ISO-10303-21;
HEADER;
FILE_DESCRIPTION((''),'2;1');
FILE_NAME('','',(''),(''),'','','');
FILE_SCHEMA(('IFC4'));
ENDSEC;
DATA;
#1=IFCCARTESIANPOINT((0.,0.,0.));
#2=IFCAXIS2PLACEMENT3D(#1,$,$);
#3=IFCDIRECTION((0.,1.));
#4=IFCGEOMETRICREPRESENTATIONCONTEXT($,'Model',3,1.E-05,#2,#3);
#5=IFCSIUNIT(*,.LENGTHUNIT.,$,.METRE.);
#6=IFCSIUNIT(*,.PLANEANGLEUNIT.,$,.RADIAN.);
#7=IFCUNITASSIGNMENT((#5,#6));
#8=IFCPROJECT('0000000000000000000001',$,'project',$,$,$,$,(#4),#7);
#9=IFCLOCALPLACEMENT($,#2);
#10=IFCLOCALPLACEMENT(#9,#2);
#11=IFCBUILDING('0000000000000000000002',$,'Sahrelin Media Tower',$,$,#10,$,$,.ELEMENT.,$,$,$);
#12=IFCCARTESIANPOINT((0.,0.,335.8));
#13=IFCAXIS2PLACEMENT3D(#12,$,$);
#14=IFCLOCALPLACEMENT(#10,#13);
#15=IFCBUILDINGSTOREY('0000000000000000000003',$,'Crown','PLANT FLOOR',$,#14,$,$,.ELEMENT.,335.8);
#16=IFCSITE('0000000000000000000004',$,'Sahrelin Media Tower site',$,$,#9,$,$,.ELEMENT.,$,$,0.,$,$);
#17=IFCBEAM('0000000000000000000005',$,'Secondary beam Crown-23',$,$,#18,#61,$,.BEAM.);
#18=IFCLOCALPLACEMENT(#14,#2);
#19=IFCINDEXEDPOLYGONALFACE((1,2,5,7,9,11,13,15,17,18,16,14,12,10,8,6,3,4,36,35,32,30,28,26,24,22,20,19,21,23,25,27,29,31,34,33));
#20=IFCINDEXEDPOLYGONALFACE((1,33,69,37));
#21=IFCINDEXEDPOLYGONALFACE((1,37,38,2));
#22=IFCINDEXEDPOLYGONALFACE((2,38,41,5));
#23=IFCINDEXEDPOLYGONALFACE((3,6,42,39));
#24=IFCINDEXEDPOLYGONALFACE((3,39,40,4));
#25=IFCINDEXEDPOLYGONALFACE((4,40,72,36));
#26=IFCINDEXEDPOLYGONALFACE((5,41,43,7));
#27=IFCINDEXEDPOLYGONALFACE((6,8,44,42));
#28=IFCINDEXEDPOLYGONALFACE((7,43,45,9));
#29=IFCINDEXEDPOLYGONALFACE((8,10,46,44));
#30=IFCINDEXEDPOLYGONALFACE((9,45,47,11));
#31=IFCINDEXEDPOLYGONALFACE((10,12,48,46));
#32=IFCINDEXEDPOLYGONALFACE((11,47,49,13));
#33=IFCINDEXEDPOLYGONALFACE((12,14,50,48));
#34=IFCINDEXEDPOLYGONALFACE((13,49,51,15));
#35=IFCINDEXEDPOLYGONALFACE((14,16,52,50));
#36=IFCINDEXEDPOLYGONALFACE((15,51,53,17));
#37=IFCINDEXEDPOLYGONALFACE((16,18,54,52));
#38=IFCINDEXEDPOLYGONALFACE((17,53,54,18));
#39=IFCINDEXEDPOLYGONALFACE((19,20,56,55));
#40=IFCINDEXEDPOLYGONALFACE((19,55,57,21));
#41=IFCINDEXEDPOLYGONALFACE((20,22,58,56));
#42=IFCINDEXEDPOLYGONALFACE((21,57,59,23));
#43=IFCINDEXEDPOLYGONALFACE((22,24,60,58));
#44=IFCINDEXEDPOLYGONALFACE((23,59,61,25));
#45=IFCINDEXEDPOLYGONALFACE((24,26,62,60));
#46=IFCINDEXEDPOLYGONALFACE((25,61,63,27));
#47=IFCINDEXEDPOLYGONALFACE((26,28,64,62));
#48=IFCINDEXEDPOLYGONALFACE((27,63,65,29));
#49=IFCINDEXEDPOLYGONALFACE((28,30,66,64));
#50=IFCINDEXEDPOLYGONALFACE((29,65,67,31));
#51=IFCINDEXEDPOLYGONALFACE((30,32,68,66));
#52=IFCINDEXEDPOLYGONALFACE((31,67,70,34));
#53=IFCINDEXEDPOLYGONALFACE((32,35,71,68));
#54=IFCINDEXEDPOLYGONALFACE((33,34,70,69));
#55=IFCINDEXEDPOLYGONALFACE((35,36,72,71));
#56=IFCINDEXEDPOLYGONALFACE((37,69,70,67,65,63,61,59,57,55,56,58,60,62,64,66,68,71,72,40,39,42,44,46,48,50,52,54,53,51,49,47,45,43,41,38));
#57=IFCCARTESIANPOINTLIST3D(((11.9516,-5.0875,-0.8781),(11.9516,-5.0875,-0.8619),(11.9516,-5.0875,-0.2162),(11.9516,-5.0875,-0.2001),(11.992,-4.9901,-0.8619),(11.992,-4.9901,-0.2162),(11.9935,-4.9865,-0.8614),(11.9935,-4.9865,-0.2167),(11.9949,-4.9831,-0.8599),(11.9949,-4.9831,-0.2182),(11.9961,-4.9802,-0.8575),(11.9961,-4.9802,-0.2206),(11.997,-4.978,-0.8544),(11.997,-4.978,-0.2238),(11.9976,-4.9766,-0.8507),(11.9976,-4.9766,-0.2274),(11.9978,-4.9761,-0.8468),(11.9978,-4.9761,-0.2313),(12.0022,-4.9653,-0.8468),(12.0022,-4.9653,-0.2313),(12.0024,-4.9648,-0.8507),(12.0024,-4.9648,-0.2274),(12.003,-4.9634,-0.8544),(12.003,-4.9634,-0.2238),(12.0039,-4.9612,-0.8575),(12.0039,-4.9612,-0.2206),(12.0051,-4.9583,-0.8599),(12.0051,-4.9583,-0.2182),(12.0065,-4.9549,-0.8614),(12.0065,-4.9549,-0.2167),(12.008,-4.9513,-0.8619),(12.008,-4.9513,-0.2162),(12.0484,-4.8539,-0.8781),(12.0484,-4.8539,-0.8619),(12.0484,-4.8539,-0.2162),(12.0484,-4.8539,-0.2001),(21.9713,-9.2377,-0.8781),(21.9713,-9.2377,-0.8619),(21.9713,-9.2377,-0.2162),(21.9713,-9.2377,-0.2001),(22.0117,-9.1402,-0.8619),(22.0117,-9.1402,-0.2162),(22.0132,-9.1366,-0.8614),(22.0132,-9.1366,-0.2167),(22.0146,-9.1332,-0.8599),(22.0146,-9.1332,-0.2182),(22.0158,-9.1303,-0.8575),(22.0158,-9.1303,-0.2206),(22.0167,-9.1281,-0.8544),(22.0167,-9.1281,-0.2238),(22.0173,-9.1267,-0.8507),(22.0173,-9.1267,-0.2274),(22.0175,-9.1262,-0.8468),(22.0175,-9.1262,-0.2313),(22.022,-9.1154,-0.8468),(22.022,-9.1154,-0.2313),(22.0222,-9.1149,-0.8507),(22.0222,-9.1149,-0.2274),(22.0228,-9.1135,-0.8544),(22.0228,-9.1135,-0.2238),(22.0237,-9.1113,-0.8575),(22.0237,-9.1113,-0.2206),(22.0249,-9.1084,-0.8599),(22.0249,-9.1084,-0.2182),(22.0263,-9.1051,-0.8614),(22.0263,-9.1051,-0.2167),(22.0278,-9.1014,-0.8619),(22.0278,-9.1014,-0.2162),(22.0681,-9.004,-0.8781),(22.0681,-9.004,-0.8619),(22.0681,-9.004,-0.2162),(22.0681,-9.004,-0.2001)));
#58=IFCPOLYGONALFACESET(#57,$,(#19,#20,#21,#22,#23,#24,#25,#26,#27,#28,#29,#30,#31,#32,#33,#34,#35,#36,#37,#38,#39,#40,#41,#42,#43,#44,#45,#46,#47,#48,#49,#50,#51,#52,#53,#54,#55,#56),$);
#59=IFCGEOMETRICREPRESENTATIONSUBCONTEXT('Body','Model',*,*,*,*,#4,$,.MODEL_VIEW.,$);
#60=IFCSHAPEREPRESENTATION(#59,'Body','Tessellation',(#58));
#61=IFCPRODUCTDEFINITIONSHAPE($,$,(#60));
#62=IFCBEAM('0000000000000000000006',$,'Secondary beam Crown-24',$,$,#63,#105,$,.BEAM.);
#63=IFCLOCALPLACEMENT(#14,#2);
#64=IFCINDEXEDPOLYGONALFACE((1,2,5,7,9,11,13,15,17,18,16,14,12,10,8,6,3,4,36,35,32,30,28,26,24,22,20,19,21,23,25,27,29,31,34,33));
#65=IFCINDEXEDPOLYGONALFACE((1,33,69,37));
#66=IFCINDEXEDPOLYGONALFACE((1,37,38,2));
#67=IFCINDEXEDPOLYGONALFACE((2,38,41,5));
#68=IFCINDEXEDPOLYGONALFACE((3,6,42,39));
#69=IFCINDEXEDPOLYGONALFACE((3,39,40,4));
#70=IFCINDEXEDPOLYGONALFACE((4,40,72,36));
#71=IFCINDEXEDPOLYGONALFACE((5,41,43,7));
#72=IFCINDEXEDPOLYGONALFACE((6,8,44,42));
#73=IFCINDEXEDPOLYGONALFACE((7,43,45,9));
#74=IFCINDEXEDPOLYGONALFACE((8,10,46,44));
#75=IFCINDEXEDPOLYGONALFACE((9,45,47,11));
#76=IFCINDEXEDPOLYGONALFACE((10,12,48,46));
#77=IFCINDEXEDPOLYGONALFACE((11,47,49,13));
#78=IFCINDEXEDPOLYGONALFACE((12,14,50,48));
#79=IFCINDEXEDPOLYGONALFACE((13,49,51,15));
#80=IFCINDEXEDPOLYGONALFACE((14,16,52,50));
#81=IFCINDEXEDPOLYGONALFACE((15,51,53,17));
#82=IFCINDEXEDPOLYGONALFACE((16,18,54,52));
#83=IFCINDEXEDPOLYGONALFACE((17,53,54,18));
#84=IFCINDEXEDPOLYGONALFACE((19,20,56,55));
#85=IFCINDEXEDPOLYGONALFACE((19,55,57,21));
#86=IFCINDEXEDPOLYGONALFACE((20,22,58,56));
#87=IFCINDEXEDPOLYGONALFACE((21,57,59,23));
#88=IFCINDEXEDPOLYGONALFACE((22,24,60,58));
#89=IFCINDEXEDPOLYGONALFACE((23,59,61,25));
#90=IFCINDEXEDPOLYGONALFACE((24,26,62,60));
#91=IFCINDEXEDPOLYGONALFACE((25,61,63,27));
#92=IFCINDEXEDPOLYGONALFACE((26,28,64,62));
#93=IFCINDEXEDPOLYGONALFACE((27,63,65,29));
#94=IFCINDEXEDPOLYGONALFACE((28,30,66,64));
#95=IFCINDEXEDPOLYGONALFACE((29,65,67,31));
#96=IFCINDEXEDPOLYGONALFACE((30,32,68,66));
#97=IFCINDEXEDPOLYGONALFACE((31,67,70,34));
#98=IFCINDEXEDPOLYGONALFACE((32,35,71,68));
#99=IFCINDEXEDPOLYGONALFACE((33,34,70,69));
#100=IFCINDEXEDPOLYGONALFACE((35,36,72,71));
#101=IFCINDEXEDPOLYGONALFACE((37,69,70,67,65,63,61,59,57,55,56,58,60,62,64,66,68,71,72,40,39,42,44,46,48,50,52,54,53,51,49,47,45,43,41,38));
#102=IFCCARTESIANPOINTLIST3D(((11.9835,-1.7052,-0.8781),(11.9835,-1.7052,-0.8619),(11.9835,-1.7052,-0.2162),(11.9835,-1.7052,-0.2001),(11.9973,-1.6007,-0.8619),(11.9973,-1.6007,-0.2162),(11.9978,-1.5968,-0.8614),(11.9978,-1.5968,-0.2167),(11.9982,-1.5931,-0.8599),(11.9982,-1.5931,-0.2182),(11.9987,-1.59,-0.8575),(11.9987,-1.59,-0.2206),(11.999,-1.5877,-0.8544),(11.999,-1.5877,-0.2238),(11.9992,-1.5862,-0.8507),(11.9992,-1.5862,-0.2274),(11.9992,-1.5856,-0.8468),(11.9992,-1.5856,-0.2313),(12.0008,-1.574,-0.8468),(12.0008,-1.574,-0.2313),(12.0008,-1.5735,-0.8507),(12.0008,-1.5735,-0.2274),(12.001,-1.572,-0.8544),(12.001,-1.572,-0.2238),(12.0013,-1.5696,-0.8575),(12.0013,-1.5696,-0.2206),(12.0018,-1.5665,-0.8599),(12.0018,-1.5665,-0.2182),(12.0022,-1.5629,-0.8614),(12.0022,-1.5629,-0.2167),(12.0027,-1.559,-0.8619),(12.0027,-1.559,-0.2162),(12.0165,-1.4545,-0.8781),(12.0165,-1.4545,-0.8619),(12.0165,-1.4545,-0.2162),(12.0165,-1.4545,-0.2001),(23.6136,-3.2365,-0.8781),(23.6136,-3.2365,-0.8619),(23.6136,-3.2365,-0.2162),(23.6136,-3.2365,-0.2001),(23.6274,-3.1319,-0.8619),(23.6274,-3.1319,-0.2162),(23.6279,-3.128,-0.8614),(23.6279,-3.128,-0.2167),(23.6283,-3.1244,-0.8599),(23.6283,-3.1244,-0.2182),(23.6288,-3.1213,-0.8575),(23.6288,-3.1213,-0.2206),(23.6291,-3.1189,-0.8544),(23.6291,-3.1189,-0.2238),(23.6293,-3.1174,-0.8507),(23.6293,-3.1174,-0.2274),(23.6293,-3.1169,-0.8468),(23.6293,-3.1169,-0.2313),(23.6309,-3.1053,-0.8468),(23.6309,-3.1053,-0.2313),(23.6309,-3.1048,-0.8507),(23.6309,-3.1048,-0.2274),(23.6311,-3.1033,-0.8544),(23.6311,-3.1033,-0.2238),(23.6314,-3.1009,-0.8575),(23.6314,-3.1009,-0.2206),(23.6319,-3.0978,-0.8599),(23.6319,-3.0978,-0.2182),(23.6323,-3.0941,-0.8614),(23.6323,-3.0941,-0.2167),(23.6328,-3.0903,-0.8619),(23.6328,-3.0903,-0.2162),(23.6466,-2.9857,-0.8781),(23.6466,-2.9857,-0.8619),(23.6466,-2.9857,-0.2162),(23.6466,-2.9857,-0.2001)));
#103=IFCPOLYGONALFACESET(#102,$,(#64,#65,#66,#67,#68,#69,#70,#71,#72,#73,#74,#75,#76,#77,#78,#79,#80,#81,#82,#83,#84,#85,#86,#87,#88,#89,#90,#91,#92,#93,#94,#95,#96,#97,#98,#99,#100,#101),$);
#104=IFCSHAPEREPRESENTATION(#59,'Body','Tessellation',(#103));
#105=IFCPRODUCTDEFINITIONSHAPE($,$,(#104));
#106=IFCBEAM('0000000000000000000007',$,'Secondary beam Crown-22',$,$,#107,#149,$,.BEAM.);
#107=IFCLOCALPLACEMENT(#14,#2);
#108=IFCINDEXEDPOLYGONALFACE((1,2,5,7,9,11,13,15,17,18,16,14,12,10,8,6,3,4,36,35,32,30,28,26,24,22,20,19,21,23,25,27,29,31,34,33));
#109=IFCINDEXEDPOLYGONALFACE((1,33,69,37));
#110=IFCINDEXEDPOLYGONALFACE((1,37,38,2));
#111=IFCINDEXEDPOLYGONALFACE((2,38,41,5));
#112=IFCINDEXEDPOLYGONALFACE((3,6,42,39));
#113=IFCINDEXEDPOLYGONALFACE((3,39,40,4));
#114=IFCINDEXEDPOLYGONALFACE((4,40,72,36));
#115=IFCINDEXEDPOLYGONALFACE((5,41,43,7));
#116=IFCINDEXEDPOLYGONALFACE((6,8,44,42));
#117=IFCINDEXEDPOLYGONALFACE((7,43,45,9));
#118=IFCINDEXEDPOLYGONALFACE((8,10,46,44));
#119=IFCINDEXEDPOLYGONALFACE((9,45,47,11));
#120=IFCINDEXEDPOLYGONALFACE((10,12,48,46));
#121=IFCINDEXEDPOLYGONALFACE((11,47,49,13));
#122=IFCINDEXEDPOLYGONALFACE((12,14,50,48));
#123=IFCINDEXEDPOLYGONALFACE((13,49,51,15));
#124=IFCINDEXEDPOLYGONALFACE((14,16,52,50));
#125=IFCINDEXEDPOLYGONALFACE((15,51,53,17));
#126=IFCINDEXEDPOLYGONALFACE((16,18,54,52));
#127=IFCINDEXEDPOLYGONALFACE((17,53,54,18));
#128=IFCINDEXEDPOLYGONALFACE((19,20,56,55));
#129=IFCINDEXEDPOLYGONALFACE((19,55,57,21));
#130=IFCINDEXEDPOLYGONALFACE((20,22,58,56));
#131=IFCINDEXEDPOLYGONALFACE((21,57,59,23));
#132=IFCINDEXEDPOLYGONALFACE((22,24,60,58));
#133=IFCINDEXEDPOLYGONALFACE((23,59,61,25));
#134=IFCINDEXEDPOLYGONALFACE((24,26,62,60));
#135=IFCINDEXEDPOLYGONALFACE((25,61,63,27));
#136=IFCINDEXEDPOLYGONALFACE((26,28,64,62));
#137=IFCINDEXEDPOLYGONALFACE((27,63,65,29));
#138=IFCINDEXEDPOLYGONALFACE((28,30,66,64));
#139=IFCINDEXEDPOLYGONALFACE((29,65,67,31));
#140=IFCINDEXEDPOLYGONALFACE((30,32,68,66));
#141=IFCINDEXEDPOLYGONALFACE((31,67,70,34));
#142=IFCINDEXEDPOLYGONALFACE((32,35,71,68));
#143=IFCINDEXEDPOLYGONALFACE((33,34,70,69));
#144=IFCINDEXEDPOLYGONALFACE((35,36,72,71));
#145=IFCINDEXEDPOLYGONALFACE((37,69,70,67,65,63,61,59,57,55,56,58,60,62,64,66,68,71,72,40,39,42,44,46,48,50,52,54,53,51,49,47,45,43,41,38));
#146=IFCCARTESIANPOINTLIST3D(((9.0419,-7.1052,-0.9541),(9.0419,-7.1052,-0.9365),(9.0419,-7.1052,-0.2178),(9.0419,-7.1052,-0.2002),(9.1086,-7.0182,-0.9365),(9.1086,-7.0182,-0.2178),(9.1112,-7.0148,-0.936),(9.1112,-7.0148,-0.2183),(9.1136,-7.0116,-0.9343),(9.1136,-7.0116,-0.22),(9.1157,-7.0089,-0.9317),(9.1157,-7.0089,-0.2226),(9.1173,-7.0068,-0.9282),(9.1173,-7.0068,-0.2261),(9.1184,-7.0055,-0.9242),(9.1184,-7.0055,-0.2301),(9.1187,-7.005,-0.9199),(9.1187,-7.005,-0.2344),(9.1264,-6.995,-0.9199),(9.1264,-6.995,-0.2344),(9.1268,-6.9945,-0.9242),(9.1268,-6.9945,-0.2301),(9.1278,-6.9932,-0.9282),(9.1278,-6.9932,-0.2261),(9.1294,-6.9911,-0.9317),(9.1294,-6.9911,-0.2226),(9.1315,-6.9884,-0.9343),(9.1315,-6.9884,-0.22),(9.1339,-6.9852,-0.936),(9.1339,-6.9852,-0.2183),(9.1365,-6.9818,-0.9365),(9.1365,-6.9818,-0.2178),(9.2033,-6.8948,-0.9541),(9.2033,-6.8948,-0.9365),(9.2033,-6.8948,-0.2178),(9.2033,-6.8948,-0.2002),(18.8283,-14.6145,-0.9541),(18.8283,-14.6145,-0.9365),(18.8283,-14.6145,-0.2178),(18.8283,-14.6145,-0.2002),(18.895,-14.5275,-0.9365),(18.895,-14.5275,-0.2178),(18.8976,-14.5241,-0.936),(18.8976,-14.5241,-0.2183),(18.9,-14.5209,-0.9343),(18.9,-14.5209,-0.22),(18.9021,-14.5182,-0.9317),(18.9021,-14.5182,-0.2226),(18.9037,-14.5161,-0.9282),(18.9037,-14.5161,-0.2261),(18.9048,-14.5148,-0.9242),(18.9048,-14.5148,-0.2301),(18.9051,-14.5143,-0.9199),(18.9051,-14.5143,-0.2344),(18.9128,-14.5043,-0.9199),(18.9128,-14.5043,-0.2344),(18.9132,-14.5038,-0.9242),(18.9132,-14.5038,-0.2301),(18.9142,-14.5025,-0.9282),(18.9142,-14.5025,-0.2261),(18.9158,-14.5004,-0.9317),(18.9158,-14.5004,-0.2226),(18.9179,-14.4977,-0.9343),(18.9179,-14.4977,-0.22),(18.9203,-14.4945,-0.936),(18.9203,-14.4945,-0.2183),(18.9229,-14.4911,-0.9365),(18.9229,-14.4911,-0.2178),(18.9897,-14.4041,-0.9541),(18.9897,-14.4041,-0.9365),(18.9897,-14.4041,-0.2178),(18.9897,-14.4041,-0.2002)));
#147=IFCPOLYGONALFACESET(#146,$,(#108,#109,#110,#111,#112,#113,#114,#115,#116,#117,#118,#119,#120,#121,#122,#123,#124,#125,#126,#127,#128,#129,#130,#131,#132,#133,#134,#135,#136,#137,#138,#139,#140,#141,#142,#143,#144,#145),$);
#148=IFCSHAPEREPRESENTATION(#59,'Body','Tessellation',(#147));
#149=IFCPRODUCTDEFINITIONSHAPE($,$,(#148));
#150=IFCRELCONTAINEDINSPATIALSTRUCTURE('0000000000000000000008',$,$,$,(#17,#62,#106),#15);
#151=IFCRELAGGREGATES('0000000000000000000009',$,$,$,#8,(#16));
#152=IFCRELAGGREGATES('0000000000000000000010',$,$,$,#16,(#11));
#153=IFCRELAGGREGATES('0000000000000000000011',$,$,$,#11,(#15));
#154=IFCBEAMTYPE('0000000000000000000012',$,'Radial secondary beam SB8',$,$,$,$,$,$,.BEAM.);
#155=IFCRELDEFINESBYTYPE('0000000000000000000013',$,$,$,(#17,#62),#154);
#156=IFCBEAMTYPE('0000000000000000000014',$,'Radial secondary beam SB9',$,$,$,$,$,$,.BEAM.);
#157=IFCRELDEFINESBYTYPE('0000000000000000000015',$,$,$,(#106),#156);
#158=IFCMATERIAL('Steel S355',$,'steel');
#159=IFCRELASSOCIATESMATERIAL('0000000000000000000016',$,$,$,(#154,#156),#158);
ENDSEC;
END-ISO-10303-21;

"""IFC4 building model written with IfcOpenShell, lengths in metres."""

from ifc_helpers import new_model, si_unit, direction, frame, origin, origin_2d, place, context, subcontext, project, spatial, i_section, extrude, material, material_profile, profile_set, type_object, element, save


model = new_model("IFC4")

# Units and contexts
model_context = context("Model", 3, precision=1e-05, world=origin(), true_north=direction((0.0, 1.0)))
body_context = subcontext(model_context, "Body", "Model", "MODEL_VIEW")
ifc_project = project(units=[si_unit("LENGTHUNIT", "METRE"), si_unit("PLANEANGLEUNIT", "RADIAN")], contexts=[model_context])

# Site, building, storey
site_placement = place(None, origin())
site = spatial("IfcSite", under=ifc_project, at=site_placement, Name="Sahrelin Media Tower site", CompositionType="ELEMENT", RefElevation=0.0)
building_placement = place(site_placement, origin())
building = spatial("IfcBuilding", under=site, at=building_placement, Name="Sahrelin Media Tower", CompositionType="ELEMENT")
storey_placement = place(building_placement, frame((0.0, 0.0, 335.8)))
storey = spatial("IfcBuildingStorey", under=building, at=storey_placement, Name="Crown", Description="PLANT FLOOR", CompositionType="ELEMENT", Elevation=335.8)

# Beams
ifc_material_1 = material(Name="Steel S355", Category="steel")
ifc_material_profile_1 = material_profile(ifc_material_1, i_section(OverallWidth=0.2529, OverallDepth=0.678, WebThickness=0.0117, FlangeThickness=0.0161, FilletRadius=0.0151, at=origin_2d()), Name="UB 686x254x125")
ifc_profile_set_1 = profile_set([ifc_material_profile_1], Name="Steel S355")
beam_type_1 = type_object("IfcBeamType", Name="Radial secondary beam SB8", PredefinedType="BEAM", material=ifc_profile_set_1)
beam_1_placement = place(storey_placement, frame((12.0, -4.9707, -0.5391), z_axis=(0.923885, -0.382669, 0.0), x_axis=(0.382669, 0.923885, 0.0)))
element("IfcBeam", 1, at=beam_1_placement, inside=storey, type_object=beam_type_1, Name="Secondary beam Crown-23", PredefinedType="BEAM", context=body_context, shape_type="SweptSolid", body=[
    extrude(i_section(OverallWidth=0.2529, OverallDepth=0.678, WebThickness=0.0117, FlangeThickness=0.0161, FilletRadius=0.0151, at=origin_2d()), origin(), (0.0, 0.0, 1.0), 10.8452),
])
beam_2_placement = place(storey_placement, frame((12.0, -1.5798, -0.5391), z_axis=(0.991444, -0.130536, 0.0), x_axis=(0.130536, 0.991444, 0.0)))
element("IfcBeam", 2, at=beam_2_placement, inside=storey, type_object=beam_type_1, Name="Secondary beam Crown-24", PredefinedType="BEAM", context=body_context, shape_type="SweptSolid", body=[
    extrude(i_section(OverallWidth=0.2529, OverallDepth=0.678, WebThickness=0.0117, FlangeThickness=0.0161, FilletRadius=0.0151, at=origin_2d()), origin(), (0.0, 0.0, 1.0), 11.7305),
])
ifc_material_profile_2 = material_profile(ifc_material_1, i_section(OverallWidth=0.2651, OverallDepth=0.7539, WebThickness=0.0127, FlangeThickness=0.0176, FilletRadius=0.0166, at=origin_2d()), Name="UB 762x267x147")
ifc_profile_set_2 = profile_set([ifc_material_profile_2], Name="Steel S355")
beam_type_2 = type_object("IfcBeamType", Name="Radial secondary beam SB9", PredefinedType="BEAM", material=ifc_profile_set_2)
beam_3_placement = place(storey_placement, frame((9.1226, -7.0, -0.5771), z_axis=(0.793356, -0.608758, 0.0), x_axis=(0.608758, 0.793356, 0.0)))
element("IfcBeam", 3, at=beam_3_placement, inside=storey, type_object=beam_type_2, Name="Secondary beam Crown-22", PredefinedType="BEAM", context=body_context, shape_type="SweptSolid", body=[
    extrude(i_section(OverallWidth=0.2651, OverallDepth=0.7539, WebThickness=0.0127, FlangeThickness=0.0176, FilletRadius=0.0166, at=origin_2d()), origin(), (0.0, 0.0, 1.0), 12.3354),
])

save(model, "model.ifc")
